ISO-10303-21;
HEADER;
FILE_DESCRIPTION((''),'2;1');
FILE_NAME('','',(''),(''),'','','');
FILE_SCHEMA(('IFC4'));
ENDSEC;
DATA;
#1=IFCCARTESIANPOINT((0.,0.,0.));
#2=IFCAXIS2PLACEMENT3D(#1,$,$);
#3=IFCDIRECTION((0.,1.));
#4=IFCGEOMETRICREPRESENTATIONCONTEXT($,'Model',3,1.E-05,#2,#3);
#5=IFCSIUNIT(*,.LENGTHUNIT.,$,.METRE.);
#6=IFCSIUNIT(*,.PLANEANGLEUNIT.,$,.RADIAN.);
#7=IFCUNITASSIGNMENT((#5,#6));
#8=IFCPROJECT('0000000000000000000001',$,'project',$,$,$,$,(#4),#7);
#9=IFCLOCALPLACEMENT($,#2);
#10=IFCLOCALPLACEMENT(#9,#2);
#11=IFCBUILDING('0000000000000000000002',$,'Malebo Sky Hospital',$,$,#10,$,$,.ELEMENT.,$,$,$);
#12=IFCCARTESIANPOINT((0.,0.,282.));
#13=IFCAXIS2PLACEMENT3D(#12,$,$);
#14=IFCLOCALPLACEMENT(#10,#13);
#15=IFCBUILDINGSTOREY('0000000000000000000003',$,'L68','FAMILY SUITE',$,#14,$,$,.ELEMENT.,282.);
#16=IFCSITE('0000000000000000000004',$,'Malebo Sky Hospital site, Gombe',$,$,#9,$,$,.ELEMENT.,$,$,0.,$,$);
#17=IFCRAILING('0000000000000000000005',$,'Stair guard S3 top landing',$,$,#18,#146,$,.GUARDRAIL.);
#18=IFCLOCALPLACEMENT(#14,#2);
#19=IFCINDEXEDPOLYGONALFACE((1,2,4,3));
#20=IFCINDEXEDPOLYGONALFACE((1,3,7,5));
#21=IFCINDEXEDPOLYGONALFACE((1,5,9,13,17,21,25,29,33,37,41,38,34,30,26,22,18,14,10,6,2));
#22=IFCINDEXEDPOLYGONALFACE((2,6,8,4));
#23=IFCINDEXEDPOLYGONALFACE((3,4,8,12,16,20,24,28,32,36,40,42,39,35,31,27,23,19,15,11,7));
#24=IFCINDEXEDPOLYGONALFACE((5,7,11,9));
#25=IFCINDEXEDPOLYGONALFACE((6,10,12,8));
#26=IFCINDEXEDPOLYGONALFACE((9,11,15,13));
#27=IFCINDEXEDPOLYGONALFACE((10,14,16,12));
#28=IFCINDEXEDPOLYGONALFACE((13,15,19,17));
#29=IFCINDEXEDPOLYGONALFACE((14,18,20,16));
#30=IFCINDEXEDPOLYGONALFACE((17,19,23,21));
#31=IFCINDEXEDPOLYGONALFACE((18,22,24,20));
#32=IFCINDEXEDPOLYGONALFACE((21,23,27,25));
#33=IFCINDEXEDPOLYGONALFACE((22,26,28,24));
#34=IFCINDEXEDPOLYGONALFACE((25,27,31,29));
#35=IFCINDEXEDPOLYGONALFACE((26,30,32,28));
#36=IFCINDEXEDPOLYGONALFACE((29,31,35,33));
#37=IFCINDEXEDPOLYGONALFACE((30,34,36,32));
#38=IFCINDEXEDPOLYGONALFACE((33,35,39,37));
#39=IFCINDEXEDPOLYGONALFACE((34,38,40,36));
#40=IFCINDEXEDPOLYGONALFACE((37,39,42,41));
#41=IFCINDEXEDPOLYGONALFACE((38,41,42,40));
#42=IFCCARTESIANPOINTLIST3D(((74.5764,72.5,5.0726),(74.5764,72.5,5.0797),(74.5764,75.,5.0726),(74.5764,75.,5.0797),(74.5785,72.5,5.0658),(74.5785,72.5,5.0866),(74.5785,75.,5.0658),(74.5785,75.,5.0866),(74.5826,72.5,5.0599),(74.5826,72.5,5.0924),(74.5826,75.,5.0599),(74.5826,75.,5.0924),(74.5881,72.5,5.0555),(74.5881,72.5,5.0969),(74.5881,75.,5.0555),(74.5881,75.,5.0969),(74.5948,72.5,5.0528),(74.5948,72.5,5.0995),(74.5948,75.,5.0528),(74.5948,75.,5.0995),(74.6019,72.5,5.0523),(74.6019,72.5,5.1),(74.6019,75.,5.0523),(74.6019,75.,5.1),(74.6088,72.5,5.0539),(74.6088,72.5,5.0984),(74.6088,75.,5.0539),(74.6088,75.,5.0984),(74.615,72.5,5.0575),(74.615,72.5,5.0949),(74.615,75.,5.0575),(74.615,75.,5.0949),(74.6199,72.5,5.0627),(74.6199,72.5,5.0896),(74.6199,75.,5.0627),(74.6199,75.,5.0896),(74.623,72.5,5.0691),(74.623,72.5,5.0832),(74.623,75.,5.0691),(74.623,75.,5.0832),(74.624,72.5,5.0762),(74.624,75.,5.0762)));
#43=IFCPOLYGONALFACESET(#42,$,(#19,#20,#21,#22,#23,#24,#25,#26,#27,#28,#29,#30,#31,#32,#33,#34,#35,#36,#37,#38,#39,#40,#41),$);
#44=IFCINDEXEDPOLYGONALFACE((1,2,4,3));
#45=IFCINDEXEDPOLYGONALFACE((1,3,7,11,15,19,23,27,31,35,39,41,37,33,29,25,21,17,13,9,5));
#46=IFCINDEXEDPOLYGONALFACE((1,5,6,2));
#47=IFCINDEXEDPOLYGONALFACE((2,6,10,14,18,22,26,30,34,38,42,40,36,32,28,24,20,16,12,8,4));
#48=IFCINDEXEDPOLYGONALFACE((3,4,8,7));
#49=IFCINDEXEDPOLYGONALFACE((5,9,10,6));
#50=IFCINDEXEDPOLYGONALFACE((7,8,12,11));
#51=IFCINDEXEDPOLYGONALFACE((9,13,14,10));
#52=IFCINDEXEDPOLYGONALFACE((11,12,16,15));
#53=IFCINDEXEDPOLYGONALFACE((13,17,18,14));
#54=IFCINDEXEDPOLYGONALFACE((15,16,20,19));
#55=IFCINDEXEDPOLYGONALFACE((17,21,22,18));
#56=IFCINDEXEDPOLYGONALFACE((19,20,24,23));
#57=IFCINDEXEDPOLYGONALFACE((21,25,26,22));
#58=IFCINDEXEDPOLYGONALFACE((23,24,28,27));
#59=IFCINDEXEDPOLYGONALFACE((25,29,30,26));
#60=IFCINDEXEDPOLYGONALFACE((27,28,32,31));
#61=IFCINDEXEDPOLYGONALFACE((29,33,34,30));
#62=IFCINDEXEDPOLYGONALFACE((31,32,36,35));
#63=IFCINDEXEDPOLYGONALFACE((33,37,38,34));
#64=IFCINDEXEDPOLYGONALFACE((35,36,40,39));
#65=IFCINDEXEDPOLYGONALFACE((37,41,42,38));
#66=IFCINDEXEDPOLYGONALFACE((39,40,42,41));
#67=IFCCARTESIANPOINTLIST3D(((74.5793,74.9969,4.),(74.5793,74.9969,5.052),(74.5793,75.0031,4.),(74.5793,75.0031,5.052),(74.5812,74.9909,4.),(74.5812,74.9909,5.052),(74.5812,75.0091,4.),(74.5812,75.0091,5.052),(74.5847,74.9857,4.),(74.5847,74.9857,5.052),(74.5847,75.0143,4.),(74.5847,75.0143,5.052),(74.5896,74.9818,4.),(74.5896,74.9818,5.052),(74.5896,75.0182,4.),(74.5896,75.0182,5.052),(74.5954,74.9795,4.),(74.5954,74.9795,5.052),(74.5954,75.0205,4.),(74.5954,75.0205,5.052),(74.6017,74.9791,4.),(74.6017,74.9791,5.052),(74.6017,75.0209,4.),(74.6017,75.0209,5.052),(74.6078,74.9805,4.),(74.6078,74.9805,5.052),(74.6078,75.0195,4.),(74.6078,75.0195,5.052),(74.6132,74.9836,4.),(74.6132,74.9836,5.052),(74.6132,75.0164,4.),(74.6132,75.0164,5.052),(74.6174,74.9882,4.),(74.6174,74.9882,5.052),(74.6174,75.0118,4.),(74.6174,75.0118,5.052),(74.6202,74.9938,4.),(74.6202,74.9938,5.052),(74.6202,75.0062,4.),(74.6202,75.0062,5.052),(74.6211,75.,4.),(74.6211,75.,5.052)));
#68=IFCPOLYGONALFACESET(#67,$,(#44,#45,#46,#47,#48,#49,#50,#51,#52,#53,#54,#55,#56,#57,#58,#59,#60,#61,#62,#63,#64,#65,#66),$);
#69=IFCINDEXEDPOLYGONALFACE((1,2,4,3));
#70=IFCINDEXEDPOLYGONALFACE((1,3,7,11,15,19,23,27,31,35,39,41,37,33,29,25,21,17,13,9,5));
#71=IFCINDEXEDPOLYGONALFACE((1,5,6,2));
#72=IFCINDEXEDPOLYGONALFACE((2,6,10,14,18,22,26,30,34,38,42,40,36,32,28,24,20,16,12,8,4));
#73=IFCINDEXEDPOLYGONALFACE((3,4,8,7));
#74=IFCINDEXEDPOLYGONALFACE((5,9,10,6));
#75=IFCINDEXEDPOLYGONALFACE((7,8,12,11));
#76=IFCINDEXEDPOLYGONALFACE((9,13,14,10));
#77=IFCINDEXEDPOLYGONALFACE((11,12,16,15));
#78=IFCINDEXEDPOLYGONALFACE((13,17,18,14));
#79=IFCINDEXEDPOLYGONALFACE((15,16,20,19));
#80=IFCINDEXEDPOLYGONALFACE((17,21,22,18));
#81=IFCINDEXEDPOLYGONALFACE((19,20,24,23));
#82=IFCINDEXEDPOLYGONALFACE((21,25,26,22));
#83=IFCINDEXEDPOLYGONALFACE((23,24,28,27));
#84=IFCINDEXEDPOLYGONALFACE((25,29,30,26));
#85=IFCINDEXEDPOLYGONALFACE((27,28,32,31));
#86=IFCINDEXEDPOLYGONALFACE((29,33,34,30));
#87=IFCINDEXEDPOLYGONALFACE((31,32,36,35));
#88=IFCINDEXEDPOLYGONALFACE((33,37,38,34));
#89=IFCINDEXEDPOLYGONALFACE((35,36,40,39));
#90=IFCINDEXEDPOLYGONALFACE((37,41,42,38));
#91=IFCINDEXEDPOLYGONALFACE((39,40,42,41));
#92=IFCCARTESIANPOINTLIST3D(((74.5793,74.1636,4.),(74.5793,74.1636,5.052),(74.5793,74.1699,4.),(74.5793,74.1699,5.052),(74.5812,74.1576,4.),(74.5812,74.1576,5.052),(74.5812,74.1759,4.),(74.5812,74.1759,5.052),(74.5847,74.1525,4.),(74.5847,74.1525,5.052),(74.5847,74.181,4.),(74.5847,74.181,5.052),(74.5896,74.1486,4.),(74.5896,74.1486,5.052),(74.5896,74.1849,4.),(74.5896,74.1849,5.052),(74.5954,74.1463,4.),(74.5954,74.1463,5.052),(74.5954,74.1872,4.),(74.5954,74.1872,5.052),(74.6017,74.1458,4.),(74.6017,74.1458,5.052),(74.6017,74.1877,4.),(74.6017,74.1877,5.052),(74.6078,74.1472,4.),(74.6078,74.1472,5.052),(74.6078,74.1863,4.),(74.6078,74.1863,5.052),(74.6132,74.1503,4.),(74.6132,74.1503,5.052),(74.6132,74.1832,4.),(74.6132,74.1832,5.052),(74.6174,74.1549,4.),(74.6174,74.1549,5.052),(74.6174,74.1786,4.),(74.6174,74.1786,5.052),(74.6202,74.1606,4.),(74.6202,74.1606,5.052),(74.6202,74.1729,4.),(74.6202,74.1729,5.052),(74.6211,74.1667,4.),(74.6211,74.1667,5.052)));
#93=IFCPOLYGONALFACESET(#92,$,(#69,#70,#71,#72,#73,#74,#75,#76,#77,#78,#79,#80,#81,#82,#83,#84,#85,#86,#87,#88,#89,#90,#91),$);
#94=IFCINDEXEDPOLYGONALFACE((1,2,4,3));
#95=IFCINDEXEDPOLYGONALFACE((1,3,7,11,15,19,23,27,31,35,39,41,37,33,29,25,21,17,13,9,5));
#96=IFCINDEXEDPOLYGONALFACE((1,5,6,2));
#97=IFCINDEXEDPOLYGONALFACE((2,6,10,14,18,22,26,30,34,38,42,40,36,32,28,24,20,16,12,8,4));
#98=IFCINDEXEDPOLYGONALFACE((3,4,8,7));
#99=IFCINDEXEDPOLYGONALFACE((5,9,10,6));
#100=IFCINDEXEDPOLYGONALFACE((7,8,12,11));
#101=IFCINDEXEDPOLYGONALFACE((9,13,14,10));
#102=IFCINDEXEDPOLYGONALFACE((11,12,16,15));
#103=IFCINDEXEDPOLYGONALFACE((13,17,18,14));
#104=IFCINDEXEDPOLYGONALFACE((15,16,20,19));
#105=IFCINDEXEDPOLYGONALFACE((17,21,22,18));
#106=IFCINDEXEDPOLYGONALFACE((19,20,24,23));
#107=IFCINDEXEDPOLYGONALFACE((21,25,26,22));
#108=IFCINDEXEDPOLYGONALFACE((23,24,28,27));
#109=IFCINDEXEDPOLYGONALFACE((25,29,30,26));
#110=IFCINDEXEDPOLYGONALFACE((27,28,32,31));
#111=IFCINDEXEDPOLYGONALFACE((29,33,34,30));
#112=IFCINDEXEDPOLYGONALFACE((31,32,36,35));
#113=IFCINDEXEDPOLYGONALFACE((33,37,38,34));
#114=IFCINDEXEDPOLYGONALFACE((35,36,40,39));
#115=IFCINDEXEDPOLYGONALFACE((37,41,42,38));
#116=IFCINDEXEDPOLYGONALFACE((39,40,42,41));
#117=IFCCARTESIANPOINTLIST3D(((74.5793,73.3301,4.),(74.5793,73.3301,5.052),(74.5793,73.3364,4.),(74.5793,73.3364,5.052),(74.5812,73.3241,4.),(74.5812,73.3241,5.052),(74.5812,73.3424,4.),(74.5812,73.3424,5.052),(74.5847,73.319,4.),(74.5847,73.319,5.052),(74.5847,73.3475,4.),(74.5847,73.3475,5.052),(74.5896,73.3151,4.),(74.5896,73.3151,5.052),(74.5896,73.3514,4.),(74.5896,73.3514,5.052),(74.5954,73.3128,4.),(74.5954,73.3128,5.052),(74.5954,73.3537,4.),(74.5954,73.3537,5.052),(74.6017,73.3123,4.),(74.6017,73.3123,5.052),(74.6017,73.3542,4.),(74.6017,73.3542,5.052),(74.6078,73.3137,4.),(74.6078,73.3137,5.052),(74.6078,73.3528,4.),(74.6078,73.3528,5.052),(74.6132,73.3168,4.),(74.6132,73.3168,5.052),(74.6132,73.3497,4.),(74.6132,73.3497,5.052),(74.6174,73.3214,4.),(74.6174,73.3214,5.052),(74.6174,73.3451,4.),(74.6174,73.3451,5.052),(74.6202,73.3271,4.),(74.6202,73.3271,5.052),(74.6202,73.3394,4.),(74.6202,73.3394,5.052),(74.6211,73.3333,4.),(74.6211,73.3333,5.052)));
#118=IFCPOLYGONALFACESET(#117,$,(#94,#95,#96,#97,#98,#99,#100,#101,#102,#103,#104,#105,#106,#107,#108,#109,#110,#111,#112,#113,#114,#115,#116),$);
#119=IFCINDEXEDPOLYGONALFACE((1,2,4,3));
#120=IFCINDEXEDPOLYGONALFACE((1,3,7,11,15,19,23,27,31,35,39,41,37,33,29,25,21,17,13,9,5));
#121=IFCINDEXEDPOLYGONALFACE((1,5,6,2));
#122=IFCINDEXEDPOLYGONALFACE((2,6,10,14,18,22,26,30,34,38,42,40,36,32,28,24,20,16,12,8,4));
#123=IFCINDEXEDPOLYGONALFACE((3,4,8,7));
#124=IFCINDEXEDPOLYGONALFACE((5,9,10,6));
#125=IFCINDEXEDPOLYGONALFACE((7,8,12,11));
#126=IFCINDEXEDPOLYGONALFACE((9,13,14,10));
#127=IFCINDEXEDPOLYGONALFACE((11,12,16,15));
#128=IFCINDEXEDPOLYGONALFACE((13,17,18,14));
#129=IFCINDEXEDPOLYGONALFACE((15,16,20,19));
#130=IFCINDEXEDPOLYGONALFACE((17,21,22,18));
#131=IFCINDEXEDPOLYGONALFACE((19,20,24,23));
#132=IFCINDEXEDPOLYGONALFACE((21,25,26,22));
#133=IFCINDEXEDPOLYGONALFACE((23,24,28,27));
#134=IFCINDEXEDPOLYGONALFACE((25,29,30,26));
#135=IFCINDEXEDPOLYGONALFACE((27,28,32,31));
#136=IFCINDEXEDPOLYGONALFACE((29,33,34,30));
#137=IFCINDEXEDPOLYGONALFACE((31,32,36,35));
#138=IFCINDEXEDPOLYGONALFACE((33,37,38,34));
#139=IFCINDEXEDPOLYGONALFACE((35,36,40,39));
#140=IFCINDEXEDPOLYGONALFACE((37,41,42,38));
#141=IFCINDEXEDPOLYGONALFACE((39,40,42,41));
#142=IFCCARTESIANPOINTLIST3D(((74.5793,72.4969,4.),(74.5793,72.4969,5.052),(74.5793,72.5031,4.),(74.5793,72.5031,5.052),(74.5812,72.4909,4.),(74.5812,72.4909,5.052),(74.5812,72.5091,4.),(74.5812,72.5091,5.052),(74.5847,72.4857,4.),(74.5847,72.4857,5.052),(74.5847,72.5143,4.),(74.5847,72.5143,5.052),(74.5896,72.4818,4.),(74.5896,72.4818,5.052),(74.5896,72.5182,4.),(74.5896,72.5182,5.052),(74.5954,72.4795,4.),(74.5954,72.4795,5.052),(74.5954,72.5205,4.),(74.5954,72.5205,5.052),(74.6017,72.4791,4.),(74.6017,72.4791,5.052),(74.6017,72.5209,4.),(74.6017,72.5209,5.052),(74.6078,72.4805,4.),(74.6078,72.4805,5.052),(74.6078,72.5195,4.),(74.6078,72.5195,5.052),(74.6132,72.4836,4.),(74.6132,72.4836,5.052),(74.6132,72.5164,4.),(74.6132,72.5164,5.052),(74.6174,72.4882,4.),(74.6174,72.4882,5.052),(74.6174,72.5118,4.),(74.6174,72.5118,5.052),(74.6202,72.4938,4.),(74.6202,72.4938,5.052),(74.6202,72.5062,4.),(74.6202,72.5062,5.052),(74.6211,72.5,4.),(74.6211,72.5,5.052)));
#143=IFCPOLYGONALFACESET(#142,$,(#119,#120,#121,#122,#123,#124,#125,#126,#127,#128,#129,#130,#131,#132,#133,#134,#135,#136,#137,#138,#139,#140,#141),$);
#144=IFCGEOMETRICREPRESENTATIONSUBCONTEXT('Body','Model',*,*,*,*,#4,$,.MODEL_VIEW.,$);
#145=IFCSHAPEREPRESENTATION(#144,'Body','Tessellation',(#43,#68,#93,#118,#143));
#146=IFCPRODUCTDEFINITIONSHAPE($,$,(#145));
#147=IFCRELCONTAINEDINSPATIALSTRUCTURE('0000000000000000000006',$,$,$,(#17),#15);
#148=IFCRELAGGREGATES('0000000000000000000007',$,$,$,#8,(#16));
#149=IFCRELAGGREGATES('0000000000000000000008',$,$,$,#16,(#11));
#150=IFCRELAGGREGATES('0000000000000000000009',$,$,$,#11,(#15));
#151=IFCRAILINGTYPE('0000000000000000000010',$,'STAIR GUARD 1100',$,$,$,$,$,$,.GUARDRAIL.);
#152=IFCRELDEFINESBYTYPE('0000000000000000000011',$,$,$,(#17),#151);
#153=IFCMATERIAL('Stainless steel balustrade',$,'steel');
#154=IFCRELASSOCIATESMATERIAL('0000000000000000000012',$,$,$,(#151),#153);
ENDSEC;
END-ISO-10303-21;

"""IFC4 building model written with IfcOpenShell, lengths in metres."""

from ifc_helpers import new_model, si_unit, direction, frame, origin, origin_2d, place, context, subcontext, project, spatial, circle, extrude, material, type_object, element, save


model = new_model("IFC4")

# Units and contexts
model_context = context("Model", 3, precision=1e-05, world=origin(), true_north=direction((0.0, 1.0)))
body_context = subcontext(model_context, "Body", "Model", "MODEL_VIEW")
ifc_project = project(units=[si_unit("LENGTHUNIT", "METRE"), si_unit("PLANEANGLEUNIT", "RADIAN")], contexts=[model_context])

# Site, building, storey
site_placement = place(None, origin())
site = spatial("IfcSite", under=ifc_project, at=site_placement, Name="Malebo Sky Hospital site, Gombe", CompositionType="ELEMENT", RefElevation=0.0)
building_placement = place(site_placement, origin())
building = spatial("IfcBuilding", under=site, at=building_placement, Name="Malebo Sky Hospital", CompositionType="ELEMENT")
storey_placement = place(building_placement, frame((0.0, 0.0, 282.0)))
storey = spatial("IfcBuildingStorey", under=building, at=storey_placement, Name="L68", Description="FAMILY SUITE", CompositionType="ELEMENT", Elevation=282.0)

# Railing
ifc_material_1 = material(Name="Stainless steel balustrade", Category="steel")
railing_type_1 = type_object("IfcRailingType", Name="STAIR GUARD 1100", PredefinedType="GUARDRAIL", material=ifc_material_1)
railing_1_placement = place(storey_placement, frame((74.6001, 75.0, 4.0)))
element("IfcRailing", 1, at=railing_1_placement, inside=storey, type_object=railing_type_1, Name="Stair guard S3 top landing", PredefinedType="GUARDRAIL", context=body_context, shape_type="SweptSolid", body=[
    extrude(circle(Radius=0.0239, at=origin_2d()), frame((0.0, 0.0, 1.0762), z_axis=(0.0, -1.0, 0.0), x_axis=(1.0, 0.0, 0.0)), (0.0, 0.0, 1.0), 2.5),
    extrude(circle(Radius=0.021, at=origin_2d()), origin(), (0.0, 0.0, 1.0), 1.052),
    extrude(circle(Radius=0.021, at=origin_2d()), frame((0.0, -0.8333, 0.0)), (0.0, 0.0, 1.0), 1.052),
    extrude(circle(Radius=0.021, at=origin_2d()), frame((0.0, -1.6667, 0.0)), (0.0, 0.0, 1.0), 1.052),
    extrude(circle(Radius=0.021, at=origin_2d()), frame((0.0, -2.5, 0.0)), (0.0, 0.0, 1.0), 1.052),
])

save(model, "model.ifc")
